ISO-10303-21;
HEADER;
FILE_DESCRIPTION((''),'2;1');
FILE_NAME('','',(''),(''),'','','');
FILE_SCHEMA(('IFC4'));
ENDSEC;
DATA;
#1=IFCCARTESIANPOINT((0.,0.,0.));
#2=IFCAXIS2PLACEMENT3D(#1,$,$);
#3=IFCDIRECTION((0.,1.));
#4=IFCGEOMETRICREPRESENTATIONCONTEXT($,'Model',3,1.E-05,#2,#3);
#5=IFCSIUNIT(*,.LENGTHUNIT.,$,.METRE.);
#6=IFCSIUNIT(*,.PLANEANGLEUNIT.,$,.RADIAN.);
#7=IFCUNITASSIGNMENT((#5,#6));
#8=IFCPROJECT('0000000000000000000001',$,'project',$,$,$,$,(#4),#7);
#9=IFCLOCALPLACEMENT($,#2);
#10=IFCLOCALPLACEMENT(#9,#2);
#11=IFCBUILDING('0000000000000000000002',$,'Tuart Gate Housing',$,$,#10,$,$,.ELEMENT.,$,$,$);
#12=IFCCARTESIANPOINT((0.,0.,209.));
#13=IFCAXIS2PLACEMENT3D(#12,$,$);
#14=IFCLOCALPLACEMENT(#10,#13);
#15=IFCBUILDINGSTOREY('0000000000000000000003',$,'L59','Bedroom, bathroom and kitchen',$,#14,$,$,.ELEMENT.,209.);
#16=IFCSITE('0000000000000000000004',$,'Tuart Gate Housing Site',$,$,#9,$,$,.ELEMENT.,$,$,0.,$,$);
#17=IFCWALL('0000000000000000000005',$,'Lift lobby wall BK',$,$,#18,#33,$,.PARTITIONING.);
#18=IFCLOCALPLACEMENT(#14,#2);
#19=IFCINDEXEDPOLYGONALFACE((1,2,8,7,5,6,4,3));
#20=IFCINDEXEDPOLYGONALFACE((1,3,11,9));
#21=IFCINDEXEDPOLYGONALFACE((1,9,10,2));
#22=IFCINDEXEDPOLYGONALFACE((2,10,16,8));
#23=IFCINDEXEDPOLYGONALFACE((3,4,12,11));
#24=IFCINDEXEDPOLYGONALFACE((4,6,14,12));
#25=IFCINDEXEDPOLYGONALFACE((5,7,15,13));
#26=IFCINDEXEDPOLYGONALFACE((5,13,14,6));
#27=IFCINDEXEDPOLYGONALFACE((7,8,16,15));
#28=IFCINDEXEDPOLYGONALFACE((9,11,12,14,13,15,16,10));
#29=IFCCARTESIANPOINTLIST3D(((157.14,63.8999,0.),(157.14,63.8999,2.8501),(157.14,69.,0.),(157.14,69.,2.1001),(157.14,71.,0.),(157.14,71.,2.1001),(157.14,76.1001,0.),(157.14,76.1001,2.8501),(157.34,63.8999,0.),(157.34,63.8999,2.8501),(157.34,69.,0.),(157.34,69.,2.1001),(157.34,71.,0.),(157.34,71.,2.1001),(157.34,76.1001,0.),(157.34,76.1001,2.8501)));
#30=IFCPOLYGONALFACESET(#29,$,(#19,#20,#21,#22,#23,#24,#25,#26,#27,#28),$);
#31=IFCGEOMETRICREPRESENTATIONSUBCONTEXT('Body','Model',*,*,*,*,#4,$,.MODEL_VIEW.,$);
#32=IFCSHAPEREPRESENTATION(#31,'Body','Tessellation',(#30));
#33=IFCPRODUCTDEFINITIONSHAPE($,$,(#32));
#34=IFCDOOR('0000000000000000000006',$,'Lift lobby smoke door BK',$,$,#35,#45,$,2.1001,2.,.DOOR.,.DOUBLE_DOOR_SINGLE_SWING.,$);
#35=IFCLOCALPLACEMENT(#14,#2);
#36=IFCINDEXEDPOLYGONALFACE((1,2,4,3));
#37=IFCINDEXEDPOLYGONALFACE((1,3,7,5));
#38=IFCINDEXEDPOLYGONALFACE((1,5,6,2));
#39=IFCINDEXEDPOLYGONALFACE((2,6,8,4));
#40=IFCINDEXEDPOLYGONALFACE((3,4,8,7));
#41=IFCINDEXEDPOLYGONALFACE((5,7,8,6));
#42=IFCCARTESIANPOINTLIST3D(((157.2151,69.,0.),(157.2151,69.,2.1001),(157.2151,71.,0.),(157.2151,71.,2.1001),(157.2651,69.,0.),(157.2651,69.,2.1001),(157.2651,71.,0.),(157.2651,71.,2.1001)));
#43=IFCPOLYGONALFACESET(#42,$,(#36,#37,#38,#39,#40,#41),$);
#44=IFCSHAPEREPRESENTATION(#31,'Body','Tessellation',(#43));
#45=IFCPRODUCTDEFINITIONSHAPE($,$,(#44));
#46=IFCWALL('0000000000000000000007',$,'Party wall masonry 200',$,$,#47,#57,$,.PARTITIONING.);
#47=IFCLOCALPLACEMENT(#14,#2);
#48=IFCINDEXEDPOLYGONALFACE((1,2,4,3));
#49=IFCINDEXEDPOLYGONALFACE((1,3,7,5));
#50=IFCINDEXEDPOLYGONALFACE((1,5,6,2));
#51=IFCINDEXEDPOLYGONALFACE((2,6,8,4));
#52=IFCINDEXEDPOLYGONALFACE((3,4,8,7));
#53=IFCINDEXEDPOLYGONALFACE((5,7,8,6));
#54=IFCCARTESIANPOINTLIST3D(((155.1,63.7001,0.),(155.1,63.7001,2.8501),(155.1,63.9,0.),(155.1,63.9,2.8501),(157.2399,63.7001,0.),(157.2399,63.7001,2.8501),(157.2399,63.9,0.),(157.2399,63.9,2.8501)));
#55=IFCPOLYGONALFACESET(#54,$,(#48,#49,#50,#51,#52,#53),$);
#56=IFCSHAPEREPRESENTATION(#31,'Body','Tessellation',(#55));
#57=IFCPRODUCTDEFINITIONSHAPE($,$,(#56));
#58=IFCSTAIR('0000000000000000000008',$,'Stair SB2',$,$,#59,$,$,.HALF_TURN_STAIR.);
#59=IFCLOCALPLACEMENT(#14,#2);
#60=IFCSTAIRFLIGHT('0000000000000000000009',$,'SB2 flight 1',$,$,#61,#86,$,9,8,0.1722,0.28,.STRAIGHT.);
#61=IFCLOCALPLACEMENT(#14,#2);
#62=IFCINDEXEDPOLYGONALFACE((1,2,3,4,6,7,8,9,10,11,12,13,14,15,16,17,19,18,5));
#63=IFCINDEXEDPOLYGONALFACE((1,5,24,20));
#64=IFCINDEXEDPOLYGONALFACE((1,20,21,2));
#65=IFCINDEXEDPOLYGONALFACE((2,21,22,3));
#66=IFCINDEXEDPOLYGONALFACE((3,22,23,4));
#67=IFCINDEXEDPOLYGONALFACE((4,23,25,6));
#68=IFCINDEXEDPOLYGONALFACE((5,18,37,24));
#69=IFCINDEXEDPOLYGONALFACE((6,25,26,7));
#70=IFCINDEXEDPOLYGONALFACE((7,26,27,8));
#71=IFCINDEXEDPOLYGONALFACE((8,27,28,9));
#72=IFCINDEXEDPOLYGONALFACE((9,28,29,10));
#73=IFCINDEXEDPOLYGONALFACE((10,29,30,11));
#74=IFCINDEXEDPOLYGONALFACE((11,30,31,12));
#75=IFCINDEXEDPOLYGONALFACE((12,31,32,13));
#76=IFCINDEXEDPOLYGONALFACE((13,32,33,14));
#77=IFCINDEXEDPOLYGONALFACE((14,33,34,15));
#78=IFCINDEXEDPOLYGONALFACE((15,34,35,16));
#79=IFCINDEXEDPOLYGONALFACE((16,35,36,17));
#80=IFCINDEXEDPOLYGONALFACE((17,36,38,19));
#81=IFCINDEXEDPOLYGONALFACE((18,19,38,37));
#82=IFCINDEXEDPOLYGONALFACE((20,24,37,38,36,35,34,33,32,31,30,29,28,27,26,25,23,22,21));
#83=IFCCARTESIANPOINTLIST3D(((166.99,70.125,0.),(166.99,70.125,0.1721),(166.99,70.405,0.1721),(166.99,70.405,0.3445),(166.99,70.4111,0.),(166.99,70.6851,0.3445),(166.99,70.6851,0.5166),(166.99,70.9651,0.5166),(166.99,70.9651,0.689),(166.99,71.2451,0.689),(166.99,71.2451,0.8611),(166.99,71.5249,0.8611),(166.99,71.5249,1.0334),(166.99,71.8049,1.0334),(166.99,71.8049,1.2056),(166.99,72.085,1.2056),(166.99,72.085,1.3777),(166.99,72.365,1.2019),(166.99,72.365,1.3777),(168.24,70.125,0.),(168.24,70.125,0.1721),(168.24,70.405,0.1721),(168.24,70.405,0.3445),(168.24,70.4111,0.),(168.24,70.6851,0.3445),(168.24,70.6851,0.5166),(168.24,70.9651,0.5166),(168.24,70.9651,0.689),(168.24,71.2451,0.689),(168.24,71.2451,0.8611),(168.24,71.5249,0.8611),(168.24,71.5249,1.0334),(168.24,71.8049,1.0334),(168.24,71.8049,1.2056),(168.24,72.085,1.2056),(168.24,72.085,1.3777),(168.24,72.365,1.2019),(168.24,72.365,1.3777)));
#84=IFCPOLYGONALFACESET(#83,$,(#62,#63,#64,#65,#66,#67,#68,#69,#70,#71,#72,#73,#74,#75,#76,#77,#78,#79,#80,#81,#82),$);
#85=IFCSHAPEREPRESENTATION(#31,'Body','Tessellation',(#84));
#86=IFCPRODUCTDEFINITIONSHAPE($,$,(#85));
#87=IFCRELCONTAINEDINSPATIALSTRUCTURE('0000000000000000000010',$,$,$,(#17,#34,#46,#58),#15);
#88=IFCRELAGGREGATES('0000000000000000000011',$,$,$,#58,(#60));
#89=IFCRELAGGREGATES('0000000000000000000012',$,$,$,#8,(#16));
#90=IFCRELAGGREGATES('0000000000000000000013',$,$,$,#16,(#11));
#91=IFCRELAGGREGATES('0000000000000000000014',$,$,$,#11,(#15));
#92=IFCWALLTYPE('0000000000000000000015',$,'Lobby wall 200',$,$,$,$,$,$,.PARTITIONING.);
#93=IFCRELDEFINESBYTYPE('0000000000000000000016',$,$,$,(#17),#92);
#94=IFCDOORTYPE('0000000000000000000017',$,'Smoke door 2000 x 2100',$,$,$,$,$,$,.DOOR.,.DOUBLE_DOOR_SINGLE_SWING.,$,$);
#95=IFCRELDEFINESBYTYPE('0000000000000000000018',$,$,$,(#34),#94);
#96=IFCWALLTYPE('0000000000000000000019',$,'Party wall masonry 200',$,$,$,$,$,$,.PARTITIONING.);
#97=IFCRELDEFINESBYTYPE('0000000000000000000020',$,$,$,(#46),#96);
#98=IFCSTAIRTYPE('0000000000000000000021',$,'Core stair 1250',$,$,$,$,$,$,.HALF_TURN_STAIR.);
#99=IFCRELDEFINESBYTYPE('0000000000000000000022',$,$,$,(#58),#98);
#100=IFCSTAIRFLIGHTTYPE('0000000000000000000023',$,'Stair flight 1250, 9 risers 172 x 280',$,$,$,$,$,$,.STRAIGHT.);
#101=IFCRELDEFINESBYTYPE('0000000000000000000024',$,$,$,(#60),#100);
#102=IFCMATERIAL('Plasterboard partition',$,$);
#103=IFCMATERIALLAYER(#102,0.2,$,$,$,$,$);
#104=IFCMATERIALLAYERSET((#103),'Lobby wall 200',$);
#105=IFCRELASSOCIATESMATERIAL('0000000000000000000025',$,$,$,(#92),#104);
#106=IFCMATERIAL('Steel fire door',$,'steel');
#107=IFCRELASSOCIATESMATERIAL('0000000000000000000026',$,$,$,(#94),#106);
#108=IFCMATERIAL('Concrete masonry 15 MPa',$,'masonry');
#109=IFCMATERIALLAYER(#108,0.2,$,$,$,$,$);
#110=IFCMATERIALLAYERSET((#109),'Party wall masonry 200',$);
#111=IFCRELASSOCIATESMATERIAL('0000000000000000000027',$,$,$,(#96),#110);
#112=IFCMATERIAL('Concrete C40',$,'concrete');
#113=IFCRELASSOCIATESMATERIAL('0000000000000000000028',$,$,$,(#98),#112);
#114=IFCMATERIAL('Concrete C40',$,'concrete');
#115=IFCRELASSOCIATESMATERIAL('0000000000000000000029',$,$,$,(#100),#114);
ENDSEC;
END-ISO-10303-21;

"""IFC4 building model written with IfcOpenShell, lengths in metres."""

from ifc_helpers import new_model, si_unit, direction, frame, frame_2d, origin, place, context, subcontext, project, spatial, polyline, rectangle, outline, extrude, material, layer, layer_set, type_object, element, fill, aggregate, save


model = new_model("IFC4")

# Units and contexts
model_context = context("Model", 3, precision=1e-05, world=origin(), true_north=direction((0.0, 1.0)))
body_context = subcontext(model_context, "Body", "Model", "MODEL_VIEW")
ifc_project = project(units=[si_unit("LENGTHUNIT", "METRE"), si_unit("PLANEANGLEUNIT", "RADIAN")], contexts=[model_context])

# Site, building, storey
site_placement = place(None, origin())
site = spatial("IfcSite", under=ifc_project, at=site_placement, Name="Tuart Gate Housing Site", CompositionType="ELEMENT", RefElevation=0.0)
building_placement = place(site_placement, origin())
building = spatial("IfcBuilding", under=site, at=building_placement, Name="Tuart Gate Housing", CompositionType="ELEMENT")
storey_placement = place(building_placement, frame((0.0, 0.0, 209.0)))
storey = spatial("IfcBuildingStorey", under=building, at=storey_placement, Name="L59", Description="Bedroom, bathroom and kitchen", CompositionType="ELEMENT", Elevation=209.0)

# Wall, opening, door
ifc_material_1 = material(Name="Plasterboard partition")
ifc_layer_1 = layer(ifc_material_1, 0.2)
ifc_layer_set_1 = layer_set([ifc_layer_1], Name="Lobby wall 200")
wall_type_1 = type_object("IfcWallType", Name="Lobby wall 200", PredefinedType="PARTITIONING", material=ifc_layer_set_1)
wall_1_placement = place(storey_placement, frame((157.24, 63.8999, 0.0), z_axis=(0.0, 0.0, 1.0), x_axis=(0.0, 1.0, 0.0)))
wall_1 = element("IfcWall", 1, at=wall_1_placement, inside=storey, type_object=wall_type_1, Name="Lift lobby wall BK", PredefinedType="PARTITIONING", context=body_context, shape_type="SweptSolid", body=[
    extrude(rectangle(XDim=12.2002, YDim=0.2, at=frame_2d((6.1001, 0.0))), origin(), (0.0, 0.0, 1.0), 2.8501),
])
opening_1_placement = place(wall_1_placement, frame((5.1001, 0.0, 0.0)))
opening_1 = element("IfcOpeningElement", 2, at=opening_1_placement, cuts=wall_1, PredefinedType="OPENING", context=body_context, shape_type="SweptSolid", body=[
    extrude(rectangle(XDim=2.0, YDim=2.1001, at=frame_2d((1.0, 1.05))), frame((0.0, 0.1099, 0.0), z_axis=(0.0, -1.0, 0.0), x_axis=(1.0, 0.0, 0.0)), (0.0, 0.0, 1.0), 0.22),
])
ifc_material_2 = material(Name="Steel fire door", Category="steel")
door_type_1 = type_object("IfcDoorType", Name="Smoke door 2000 x 2100", OperationType="DOUBLE_DOOR_SINGLE_SWING", PredefinedType="DOOR", material=ifc_material_2)
door_1_placement = place(opening_1_placement, frame((2.0, 0.0, 0.0), z_axis=(0.0, 0.0, 1.0), x_axis=(-1.0, 0.0, 0.0)))
door_1 = element("IfcDoor", 3, at=door_1_placement, inside=storey, type_object=door_type_1, Name="Lift lobby smoke door BK", OperationType="DOUBLE_DOOR_SINGLE_SWING", OverallHeight=2.1001, OverallWidth=2.0, PredefinedType="DOOR", context=body_context, shape_type="SweptSolid", body=[
    extrude(rectangle(XDim=2.0, YDim=2.1001, at=frame_2d((1.0, 1.05))), frame((0.0, 0.0251, 0.0), z_axis=(0.0, -1.0, 0.0), x_axis=(1.0, 0.0, 0.0)), (0.0, 0.0, 1.0), 0.05),
])
fill(opening_1, door_1)

# Wall
ifc_material_3 = material(Name="Concrete masonry 15 MPa", Category="masonry")
ifc_layer_2 = layer(ifc_material_3, 0.2)
ifc_layer_set_2 = layer_set([ifc_layer_2], Name="Party wall masonry 200")
wall_type_2 = type_object("IfcWallType", Name="Party wall masonry 200", PredefinedType="PARTITIONING", material=ifc_layer_set_2)
wall_2_placement = place(storey_placement, frame((155.1001, 63.8, 0.0), z_axis=(0.0, 0.0, 1.0), x_axis=(1.0, 0.0, 0.0)))
element("IfcWall", 4, at=wall_2_placement, inside=storey, type_object=wall_type_2, Name="Party wall masonry 200", PredefinedType="PARTITIONING", context=body_context, shape_type="SweptSolid", body=[
    extrude(rectangle(XDim=2.1399, YDim=0.2, at=frame_2d((1.0698, 0.0))), origin(), (0.0, 0.0, 1.0), 2.8501),
])

# Stair, stair flight
ifc_material_4 = material(Name="Concrete C40", Category="concrete")
stair_type = type_object("IfcStairType", Name="Core stair 1250", PredefinedType="HALF_TURN_STAIR", material=ifc_material_4)
stair_placement = place(storey_placement, origin())
stair = element("IfcStair", 5, at=stair_placement, inside=storey, type_object=stair_type, Name="Stair SB2", PredefinedType="HALF_TURN_STAIR")
ifc_material_5 = material(Name="Concrete C40", Category="concrete")
stair_flight_type = type_object("IfcStairFlightType", Name="Stair flight 1250, 9 risers 172 x 280", PredefinedType="STRAIGHT", material=ifc_material_5)
stair_flight_placement = place(storey_placement, frame((167.615, 70.125, 0.0), z_axis=(0.0, 0.0, 1.0), x_axis=(0.0, 1.0, 0.0)))
stair_flight = element("IfcStairFlight", 6, at=stair_flight_placement, type_object=stair_flight_type, Name="SB2 flight 1", NumberOfRisers=9, NumberOfTreads=8, PredefinedType="STRAIGHT", RiserHeight=0.1722, TreadLength=0.28, context=body_context, shape_type="SweptSolid", body=[
    extrude(outline(polyline([(0.0, 0.0), (0.0, 0.1721), (0.28, 0.1721), (0.28, 0.3445), (0.5601, 0.3445), (0.5601, 0.5166), (0.8401, 0.5166), (0.8401, 0.689), (1.1201, 0.689), (1.1201, 0.8611), (1.3999, 0.8611), (1.3999, 1.0334), (1.6799, 1.0334), (1.6799, 1.2056), (1.96, 1.2056), (1.96, 1.3777), (2.24, 1.3777), (2.24, 1.55), (2.24, 1.2019), (0.2861, 0.0), (0.0, 0.0)])), frame((0.0, 0.625, 0.0), z_axis=(0.0, -1.0, 0.0), x_axis=(1.0, 0.0, 0.0)), (0.0, 0.0, 1.0), 1.25),
])
aggregate(stair, [stair_flight])

save(model, "model.ifc")
